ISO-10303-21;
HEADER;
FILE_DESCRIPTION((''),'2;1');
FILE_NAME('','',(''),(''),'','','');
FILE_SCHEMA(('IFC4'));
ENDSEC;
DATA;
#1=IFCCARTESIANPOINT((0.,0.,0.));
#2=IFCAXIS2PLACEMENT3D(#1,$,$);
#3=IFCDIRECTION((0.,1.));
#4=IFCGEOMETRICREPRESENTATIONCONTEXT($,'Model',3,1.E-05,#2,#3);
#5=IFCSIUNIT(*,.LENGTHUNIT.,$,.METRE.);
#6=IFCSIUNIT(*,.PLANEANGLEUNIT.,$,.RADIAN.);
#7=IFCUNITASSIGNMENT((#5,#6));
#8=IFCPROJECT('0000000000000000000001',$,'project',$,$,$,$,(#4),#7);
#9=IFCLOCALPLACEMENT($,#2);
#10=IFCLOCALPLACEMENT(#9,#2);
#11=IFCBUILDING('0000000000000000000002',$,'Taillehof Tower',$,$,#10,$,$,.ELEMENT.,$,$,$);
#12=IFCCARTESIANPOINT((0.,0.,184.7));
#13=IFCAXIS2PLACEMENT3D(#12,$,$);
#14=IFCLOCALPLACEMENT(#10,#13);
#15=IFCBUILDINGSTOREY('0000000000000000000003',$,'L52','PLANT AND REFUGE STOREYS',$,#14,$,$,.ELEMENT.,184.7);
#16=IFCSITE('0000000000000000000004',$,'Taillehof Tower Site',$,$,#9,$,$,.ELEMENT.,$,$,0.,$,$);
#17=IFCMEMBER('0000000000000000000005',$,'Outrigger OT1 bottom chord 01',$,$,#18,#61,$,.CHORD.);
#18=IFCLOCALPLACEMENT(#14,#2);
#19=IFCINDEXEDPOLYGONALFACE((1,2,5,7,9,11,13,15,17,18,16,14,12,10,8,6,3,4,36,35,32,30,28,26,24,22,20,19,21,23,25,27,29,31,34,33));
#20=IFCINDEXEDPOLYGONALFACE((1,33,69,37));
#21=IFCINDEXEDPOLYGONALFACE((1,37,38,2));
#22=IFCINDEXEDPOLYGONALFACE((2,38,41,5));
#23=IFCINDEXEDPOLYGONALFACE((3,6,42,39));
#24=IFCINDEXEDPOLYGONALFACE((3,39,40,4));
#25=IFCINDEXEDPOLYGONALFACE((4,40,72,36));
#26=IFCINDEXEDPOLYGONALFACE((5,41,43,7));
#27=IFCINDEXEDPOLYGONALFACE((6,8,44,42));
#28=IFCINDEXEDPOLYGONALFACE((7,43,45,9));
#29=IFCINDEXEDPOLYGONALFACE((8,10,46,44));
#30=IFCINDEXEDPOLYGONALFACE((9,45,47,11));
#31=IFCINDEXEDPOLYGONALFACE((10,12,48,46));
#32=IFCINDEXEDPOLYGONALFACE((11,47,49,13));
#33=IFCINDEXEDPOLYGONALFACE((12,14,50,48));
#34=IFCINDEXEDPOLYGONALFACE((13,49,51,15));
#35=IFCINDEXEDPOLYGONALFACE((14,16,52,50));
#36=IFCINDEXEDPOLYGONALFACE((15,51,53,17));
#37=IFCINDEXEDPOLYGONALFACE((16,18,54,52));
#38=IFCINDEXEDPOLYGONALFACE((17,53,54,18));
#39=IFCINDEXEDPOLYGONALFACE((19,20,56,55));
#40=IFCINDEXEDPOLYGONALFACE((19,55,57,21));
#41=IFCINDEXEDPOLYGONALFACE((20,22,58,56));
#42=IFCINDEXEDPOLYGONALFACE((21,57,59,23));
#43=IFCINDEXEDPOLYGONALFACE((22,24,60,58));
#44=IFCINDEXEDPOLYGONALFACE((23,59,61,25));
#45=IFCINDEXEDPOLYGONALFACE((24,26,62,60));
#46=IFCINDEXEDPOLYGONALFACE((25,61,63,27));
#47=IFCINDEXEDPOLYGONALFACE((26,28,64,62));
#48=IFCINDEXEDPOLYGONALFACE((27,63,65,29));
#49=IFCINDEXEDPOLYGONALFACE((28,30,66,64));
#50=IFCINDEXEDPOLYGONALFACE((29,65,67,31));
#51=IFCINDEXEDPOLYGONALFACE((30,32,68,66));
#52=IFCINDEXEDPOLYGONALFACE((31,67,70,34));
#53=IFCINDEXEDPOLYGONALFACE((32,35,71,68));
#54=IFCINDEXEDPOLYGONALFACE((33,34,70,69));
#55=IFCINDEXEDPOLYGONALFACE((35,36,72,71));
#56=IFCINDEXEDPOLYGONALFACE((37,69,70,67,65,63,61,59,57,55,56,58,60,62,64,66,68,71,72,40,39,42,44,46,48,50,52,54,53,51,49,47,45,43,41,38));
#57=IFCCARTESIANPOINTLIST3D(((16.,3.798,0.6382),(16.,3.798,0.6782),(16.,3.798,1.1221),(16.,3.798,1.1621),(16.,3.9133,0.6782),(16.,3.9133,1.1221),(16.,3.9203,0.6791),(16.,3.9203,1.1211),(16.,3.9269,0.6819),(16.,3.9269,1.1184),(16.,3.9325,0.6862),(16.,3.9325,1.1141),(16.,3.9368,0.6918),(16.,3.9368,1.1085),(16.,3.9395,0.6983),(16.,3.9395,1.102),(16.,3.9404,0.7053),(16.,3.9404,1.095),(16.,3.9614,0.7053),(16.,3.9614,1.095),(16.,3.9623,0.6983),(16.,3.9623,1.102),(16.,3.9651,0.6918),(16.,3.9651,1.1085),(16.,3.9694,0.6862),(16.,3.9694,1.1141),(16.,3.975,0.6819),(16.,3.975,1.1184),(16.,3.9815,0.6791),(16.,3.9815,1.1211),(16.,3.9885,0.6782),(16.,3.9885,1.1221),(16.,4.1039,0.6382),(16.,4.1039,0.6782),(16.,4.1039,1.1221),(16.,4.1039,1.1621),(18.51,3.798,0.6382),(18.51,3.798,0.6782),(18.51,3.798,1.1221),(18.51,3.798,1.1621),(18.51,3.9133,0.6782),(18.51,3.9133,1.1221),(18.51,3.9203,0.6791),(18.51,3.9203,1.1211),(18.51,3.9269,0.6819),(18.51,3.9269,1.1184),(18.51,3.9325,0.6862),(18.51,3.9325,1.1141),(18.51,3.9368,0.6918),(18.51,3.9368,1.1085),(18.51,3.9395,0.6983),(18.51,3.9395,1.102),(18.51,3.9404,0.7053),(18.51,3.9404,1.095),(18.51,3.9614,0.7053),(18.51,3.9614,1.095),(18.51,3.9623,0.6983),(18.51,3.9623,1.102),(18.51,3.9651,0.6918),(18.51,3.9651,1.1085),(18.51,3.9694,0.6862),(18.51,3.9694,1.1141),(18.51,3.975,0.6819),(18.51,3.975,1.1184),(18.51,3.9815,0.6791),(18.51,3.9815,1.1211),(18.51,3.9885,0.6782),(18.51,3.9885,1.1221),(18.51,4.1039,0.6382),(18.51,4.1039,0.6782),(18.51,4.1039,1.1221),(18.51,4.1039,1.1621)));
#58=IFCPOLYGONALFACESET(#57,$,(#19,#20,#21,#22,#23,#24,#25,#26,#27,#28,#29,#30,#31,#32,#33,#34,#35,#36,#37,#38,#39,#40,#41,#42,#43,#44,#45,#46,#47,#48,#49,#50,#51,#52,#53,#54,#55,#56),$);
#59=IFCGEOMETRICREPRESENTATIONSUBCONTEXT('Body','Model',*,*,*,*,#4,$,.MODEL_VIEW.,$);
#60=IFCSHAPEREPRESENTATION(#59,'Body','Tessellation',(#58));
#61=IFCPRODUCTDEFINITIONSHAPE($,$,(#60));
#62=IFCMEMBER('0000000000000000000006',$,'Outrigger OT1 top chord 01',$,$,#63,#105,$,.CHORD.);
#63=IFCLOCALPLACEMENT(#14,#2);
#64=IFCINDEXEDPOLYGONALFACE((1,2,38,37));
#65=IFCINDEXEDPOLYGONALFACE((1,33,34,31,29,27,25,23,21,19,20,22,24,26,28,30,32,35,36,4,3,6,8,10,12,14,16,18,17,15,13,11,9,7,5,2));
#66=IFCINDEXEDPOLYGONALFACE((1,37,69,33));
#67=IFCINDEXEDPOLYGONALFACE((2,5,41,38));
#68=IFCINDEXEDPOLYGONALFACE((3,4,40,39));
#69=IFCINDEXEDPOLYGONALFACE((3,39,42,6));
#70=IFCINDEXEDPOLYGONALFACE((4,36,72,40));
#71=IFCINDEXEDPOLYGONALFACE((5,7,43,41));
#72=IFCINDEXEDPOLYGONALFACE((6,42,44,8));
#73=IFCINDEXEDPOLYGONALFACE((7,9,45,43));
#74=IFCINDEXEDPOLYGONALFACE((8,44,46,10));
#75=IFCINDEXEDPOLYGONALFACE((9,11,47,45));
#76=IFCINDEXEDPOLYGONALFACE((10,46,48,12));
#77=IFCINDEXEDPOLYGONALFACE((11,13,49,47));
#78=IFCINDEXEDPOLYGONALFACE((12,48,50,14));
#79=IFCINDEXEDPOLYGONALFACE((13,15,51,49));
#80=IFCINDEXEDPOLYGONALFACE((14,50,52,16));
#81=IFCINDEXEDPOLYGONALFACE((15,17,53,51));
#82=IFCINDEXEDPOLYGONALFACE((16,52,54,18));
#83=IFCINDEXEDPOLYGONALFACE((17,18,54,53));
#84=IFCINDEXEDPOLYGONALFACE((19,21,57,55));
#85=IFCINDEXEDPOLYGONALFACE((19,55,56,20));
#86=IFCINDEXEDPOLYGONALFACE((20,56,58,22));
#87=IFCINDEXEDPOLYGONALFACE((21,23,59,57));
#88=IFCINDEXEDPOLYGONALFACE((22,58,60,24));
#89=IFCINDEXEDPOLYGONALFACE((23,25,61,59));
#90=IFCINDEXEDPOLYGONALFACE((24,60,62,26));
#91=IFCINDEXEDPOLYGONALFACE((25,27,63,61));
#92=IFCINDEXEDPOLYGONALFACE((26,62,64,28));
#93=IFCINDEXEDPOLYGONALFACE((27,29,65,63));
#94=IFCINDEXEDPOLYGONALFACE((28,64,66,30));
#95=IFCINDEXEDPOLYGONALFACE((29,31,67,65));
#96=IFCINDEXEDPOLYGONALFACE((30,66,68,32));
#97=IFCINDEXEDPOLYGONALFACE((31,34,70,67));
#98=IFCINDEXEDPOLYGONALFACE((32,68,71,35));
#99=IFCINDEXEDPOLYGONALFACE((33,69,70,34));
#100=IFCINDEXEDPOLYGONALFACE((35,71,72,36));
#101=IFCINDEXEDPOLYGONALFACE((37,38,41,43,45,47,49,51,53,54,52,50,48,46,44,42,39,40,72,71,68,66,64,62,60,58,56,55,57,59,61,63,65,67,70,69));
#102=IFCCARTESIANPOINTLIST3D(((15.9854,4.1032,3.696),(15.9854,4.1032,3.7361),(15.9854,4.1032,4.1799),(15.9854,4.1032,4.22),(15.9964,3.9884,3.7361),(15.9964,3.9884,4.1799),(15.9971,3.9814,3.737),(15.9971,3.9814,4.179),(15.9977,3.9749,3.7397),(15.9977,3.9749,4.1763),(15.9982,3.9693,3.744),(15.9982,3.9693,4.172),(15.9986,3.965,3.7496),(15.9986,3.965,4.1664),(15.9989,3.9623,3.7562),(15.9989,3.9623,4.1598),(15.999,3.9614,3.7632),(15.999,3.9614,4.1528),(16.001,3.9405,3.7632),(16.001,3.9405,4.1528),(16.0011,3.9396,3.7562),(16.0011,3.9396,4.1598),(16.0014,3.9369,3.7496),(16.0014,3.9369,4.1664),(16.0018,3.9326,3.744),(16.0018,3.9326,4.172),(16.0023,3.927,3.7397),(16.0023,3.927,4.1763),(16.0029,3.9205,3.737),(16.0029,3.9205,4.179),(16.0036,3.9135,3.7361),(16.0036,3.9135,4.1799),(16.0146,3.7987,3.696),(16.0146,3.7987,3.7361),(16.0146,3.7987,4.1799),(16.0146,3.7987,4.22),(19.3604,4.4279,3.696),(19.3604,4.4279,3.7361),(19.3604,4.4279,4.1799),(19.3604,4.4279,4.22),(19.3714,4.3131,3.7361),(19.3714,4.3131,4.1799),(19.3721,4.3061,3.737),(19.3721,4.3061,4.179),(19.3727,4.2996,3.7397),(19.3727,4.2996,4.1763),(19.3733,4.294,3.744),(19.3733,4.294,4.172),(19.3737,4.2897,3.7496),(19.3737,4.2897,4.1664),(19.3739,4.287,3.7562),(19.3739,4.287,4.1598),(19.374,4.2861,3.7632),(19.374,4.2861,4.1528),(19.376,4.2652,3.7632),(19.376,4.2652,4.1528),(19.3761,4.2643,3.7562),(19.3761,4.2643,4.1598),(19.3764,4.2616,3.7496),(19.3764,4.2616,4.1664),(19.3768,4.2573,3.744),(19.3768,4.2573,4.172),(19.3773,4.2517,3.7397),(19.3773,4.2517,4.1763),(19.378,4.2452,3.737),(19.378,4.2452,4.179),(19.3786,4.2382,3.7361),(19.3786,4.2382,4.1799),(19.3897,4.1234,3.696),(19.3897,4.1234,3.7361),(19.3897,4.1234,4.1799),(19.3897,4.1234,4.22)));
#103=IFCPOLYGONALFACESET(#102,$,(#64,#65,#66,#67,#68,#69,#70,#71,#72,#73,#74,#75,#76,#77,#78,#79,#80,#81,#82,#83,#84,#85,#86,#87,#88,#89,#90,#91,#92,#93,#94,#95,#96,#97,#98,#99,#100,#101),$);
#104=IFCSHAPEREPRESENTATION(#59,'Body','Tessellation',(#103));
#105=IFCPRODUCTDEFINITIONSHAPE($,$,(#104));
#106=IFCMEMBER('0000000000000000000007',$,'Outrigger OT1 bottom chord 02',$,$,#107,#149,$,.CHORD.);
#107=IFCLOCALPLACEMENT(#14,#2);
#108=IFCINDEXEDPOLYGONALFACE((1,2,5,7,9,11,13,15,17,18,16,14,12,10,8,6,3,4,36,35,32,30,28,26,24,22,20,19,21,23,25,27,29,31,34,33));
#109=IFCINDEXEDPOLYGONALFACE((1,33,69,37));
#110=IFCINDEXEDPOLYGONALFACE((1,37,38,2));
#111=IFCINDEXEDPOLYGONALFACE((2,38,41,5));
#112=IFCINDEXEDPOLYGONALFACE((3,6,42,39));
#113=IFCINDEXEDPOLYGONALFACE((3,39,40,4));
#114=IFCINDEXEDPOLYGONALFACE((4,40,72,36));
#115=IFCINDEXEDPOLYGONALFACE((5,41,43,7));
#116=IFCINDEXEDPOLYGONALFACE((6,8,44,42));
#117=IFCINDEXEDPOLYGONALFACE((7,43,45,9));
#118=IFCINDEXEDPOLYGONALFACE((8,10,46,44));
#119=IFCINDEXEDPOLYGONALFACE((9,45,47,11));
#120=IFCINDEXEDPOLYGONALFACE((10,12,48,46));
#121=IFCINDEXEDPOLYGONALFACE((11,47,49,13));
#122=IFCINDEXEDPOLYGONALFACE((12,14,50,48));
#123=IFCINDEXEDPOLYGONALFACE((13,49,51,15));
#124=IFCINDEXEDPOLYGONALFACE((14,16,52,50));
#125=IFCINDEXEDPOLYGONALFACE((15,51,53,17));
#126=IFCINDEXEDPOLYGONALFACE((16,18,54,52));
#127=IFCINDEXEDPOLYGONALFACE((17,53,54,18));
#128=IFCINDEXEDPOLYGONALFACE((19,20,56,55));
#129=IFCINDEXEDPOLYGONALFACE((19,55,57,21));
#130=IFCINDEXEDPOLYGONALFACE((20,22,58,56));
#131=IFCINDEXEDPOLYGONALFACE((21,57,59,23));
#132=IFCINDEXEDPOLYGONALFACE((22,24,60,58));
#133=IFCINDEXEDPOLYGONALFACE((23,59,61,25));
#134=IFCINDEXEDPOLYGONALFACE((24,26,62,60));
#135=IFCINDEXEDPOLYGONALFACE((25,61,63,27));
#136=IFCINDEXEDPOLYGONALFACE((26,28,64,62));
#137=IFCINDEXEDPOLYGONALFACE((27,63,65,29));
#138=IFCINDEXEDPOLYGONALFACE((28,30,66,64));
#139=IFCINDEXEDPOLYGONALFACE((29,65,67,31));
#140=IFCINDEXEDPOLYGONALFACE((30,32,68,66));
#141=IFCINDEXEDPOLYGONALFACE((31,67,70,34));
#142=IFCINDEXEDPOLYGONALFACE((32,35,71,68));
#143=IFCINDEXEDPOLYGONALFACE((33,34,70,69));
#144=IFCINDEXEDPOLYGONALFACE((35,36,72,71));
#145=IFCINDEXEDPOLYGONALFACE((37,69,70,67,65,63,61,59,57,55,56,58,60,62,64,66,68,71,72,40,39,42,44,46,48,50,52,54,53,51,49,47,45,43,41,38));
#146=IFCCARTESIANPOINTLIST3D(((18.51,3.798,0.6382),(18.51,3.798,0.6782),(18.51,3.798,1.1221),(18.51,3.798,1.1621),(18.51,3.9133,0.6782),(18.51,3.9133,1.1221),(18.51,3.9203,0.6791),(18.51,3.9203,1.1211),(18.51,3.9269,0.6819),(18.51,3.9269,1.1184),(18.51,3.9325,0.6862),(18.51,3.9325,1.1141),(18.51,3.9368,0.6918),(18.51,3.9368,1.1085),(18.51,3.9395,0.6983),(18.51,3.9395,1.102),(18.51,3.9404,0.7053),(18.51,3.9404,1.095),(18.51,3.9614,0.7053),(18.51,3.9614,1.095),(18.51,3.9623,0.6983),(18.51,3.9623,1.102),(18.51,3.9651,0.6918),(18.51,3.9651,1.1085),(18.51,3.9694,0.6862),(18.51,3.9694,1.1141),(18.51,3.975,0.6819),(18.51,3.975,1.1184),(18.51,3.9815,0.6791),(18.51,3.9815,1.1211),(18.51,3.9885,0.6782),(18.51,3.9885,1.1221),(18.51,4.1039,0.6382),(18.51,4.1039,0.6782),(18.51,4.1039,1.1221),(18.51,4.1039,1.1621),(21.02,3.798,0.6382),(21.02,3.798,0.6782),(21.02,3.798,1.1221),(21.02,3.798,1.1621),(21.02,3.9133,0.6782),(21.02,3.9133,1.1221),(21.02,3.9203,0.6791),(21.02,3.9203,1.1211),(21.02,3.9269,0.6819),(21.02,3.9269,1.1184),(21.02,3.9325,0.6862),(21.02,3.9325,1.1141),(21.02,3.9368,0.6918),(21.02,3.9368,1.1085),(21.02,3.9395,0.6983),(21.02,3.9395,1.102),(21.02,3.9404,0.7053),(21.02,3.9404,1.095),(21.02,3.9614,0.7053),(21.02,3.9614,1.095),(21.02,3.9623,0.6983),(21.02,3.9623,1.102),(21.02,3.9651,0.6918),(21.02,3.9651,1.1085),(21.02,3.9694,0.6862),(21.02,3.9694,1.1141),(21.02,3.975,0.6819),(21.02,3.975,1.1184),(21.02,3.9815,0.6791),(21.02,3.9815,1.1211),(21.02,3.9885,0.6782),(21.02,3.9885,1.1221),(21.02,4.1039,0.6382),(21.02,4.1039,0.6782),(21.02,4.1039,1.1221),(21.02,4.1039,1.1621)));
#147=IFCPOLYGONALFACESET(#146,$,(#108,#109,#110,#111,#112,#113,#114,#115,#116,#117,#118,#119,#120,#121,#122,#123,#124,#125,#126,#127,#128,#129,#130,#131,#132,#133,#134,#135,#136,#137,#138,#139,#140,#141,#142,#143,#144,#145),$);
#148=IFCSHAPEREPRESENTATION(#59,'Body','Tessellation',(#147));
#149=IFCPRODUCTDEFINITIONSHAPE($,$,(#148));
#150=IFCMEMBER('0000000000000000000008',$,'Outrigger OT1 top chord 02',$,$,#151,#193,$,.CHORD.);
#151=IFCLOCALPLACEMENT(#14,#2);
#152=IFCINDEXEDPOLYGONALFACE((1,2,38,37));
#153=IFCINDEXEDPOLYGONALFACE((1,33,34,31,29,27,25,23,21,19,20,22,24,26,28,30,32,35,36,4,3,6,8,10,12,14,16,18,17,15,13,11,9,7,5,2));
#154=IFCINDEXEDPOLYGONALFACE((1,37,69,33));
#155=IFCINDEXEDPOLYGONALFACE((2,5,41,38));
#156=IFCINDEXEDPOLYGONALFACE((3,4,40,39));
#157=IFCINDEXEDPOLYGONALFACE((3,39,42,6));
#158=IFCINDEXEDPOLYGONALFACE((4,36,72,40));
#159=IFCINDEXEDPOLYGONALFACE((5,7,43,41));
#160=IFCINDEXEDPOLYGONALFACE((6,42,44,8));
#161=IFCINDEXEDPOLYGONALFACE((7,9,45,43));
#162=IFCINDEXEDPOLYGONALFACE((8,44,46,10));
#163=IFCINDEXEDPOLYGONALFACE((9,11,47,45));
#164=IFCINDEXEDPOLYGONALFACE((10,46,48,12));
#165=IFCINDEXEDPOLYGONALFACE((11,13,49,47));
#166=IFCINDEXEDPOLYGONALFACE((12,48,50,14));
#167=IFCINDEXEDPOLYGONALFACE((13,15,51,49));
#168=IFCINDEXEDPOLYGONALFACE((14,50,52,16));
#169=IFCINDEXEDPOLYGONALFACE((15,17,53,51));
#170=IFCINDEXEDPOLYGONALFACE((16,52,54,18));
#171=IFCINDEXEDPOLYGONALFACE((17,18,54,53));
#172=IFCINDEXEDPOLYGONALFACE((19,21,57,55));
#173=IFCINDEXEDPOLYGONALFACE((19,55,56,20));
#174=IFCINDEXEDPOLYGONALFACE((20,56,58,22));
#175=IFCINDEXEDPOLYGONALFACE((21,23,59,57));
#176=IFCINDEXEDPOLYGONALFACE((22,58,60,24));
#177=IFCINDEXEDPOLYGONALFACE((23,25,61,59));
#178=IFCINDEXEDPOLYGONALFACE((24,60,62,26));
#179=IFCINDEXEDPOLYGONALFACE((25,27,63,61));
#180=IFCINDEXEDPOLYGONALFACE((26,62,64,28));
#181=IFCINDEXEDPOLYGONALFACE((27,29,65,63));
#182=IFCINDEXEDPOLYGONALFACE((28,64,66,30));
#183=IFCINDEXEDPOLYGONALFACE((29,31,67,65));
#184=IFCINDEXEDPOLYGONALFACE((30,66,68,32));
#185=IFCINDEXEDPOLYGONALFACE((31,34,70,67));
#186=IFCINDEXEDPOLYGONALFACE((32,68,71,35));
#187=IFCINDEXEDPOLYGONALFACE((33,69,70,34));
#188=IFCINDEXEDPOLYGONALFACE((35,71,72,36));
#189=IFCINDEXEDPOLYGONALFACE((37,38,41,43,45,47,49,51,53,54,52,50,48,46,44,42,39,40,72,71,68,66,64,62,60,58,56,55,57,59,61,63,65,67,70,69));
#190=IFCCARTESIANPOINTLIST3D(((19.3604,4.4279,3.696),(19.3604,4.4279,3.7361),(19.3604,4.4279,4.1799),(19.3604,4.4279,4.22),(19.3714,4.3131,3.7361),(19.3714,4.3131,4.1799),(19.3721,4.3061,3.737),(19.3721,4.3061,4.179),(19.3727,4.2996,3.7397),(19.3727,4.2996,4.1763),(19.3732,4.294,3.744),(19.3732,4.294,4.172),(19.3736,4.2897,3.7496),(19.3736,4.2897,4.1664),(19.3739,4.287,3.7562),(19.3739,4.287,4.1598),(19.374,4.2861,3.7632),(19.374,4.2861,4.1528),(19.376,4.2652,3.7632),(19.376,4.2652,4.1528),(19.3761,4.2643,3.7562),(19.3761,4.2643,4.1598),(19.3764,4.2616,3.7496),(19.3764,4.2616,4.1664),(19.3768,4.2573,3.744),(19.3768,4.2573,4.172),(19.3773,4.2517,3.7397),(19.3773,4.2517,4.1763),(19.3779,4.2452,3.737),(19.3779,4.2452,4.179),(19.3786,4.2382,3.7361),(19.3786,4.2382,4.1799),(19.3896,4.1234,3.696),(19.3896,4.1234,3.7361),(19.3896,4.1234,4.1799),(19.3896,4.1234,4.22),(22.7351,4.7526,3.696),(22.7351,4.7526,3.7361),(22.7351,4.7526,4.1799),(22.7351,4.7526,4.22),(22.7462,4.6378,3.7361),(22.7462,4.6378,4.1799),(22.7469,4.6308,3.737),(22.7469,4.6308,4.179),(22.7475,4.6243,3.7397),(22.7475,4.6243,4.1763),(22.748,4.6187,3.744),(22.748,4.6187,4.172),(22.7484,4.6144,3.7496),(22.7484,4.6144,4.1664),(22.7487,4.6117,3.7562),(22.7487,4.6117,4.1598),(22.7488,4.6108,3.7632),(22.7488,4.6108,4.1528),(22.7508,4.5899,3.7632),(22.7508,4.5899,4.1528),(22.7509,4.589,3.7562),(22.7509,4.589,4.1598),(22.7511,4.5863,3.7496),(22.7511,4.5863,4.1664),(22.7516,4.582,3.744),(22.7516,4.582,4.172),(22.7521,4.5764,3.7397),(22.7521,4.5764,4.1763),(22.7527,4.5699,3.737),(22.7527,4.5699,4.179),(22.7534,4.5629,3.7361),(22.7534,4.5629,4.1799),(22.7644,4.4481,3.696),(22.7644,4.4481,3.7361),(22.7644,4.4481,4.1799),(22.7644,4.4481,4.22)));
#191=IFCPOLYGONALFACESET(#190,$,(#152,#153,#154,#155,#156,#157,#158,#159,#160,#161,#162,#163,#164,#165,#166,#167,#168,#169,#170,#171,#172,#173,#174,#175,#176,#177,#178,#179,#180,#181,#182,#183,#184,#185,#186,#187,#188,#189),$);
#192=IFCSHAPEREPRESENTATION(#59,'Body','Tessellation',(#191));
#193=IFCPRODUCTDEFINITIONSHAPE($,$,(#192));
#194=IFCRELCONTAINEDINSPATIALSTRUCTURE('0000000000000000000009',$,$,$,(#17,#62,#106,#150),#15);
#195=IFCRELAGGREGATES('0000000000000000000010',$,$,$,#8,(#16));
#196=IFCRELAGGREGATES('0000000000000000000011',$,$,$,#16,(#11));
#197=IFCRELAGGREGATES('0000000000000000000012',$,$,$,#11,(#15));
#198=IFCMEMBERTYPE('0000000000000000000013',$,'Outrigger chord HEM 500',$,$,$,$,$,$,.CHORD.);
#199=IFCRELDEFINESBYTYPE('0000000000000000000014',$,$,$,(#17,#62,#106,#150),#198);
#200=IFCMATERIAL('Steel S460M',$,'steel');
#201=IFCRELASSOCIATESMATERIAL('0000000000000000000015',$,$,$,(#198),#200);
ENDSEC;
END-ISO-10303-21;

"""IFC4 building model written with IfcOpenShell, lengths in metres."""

from ifc_helpers import new_model, si_unit, direction, frame, origin, origin_2d, place, context, subcontext, project, spatial, i_section, extrude, material, material_profile, profile_set, type_object, element, save


model = new_model("IFC4")

# Units and contexts
model_context = context("Model", 3, precision=1e-05, world=origin(), true_north=direction((0.0, 1.0)))
body_context = subcontext(model_context, "Body", "Model", "MODEL_VIEW")
ifc_project = project(units=[si_unit("LENGTHUNIT", "METRE"), si_unit("PLANEANGLEUNIT", "RADIAN")], contexts=[model_context])

# Site, building, storey
site_placement = place(None, origin())
site = spatial("IfcSite", under=ifc_project, at=site_placement, Name="Taillehof Tower Site", CompositionType="ELEMENT", RefElevation=0.0)
building_placement = place(site_placement, origin())
building = spatial("IfcBuilding", under=site, at=building_placement, Name="Taillehof Tower", CompositionType="ELEMENT")
storey_placement = place(building_placement, frame((0.0, 0.0, 184.7)))
storey = spatial("IfcBuildingStorey", under=building, at=storey_placement, Name="L52", Description="PLANT AND REFUGE STOREYS", CompositionType="ELEMENT", Elevation=184.7)

# Members
ifc_material_1 = material(Name="Steel S460M", Category="steel")
ifc_material_profile_1 = material_profile(ifc_material_1, i_section(OverallWidth=0.3059, OverallDepth=0.5239, WebThickness=0.021, FlangeThickness=0.04, FilletRadius=0.0271, at=origin_2d()), Name="HEM 500")
ifc_profile_set_1 = profile_set([ifc_material_profile_1], Name="Steel S460M")
member_type_1 = type_object("IfcMemberType", Name="Outrigger chord HEM 500", PredefinedType="CHORD", material=ifc_profile_set_1)
member_1_placement = place(storey_placement, frame((16.0, 3.9509, 0.9001), z_axis=(1.0, 0.0, 0.0), x_axis=(0.0, 1.0, 0.0)))
element("IfcMember", 1, at=member_1_placement, inside=storey, type_object=member_type_1, Name="Outrigger OT1 bottom chord 01", PredefinedType="CHORD", context=body_context, shape_type="SweptSolid", body=[
    extrude(i_section(OverallWidth=0.3059, OverallDepth=0.5239, WebThickness=0.021, FlangeThickness=0.04, FilletRadius=0.0271, at=origin_2d()), origin(), (0.0, 0.0, 1.0), 2.51),
])
member_2_placement = place(storey_placement, frame((16.0, 3.9509, 3.958), z_axis=(0.995404, 0.095767, 0.0), x_axis=(-0.095767, 0.995404, 0.0)))
element("IfcMember", 2, at=member_2_placement, inside=storey, type_object=member_type_1, Name="Outrigger OT1 top chord 01", PredefinedType="CHORD", context=body_context, shape_type="SweptSolid", body=[
    extrude(i_section(OverallWidth=0.3059, OverallDepth=0.5239, WebThickness=0.021, FlangeThickness=0.04, FilletRadius=0.0271, at=origin_2d()), origin(), (0.0, 0.0, 1.0), 3.3906),
])
member_3_placement = place(storey_placement, frame((18.51, 3.9509, 0.9001), z_axis=(1.0, 0.0, 0.0), x_axis=(0.0, 1.0, 0.0)))
element("IfcMember", 3, at=member_3_placement, inside=storey, type_object=member_type_1, Name="Outrigger OT1 bottom chord 02", PredefinedType="CHORD", context=body_context, shape_type="SweptSolid", body=[
    extrude(i_section(OverallWidth=0.3059, OverallDepth=0.5239, WebThickness=0.021, FlangeThickness=0.04, FilletRadius=0.0271, at=origin_2d()), origin(), (0.0, 0.0, 1.0), 2.51),
])
member_4_placement = place(storey_placement, frame((19.375, 4.2756, 3.958), z_axis=(0.995403, 0.095774, 0.0), x_axis=(-0.095774, 0.995403, 0.0)))
element("IfcMember", 4, at=member_4_placement, inside=storey, type_object=member_type_1, Name="Outrigger OT1 top chord 02", PredefinedType="CHORD", context=body_context, shape_type="SweptSolid", body=[
    extrude(i_section(OverallWidth=0.3059, OverallDepth=0.5239, WebThickness=0.021, FlangeThickness=0.04, FilletRadius=0.0271, at=origin_2d()), origin(), (0.0, 0.0, 1.0), 3.3904),
])

save(model, "model.ifc")
